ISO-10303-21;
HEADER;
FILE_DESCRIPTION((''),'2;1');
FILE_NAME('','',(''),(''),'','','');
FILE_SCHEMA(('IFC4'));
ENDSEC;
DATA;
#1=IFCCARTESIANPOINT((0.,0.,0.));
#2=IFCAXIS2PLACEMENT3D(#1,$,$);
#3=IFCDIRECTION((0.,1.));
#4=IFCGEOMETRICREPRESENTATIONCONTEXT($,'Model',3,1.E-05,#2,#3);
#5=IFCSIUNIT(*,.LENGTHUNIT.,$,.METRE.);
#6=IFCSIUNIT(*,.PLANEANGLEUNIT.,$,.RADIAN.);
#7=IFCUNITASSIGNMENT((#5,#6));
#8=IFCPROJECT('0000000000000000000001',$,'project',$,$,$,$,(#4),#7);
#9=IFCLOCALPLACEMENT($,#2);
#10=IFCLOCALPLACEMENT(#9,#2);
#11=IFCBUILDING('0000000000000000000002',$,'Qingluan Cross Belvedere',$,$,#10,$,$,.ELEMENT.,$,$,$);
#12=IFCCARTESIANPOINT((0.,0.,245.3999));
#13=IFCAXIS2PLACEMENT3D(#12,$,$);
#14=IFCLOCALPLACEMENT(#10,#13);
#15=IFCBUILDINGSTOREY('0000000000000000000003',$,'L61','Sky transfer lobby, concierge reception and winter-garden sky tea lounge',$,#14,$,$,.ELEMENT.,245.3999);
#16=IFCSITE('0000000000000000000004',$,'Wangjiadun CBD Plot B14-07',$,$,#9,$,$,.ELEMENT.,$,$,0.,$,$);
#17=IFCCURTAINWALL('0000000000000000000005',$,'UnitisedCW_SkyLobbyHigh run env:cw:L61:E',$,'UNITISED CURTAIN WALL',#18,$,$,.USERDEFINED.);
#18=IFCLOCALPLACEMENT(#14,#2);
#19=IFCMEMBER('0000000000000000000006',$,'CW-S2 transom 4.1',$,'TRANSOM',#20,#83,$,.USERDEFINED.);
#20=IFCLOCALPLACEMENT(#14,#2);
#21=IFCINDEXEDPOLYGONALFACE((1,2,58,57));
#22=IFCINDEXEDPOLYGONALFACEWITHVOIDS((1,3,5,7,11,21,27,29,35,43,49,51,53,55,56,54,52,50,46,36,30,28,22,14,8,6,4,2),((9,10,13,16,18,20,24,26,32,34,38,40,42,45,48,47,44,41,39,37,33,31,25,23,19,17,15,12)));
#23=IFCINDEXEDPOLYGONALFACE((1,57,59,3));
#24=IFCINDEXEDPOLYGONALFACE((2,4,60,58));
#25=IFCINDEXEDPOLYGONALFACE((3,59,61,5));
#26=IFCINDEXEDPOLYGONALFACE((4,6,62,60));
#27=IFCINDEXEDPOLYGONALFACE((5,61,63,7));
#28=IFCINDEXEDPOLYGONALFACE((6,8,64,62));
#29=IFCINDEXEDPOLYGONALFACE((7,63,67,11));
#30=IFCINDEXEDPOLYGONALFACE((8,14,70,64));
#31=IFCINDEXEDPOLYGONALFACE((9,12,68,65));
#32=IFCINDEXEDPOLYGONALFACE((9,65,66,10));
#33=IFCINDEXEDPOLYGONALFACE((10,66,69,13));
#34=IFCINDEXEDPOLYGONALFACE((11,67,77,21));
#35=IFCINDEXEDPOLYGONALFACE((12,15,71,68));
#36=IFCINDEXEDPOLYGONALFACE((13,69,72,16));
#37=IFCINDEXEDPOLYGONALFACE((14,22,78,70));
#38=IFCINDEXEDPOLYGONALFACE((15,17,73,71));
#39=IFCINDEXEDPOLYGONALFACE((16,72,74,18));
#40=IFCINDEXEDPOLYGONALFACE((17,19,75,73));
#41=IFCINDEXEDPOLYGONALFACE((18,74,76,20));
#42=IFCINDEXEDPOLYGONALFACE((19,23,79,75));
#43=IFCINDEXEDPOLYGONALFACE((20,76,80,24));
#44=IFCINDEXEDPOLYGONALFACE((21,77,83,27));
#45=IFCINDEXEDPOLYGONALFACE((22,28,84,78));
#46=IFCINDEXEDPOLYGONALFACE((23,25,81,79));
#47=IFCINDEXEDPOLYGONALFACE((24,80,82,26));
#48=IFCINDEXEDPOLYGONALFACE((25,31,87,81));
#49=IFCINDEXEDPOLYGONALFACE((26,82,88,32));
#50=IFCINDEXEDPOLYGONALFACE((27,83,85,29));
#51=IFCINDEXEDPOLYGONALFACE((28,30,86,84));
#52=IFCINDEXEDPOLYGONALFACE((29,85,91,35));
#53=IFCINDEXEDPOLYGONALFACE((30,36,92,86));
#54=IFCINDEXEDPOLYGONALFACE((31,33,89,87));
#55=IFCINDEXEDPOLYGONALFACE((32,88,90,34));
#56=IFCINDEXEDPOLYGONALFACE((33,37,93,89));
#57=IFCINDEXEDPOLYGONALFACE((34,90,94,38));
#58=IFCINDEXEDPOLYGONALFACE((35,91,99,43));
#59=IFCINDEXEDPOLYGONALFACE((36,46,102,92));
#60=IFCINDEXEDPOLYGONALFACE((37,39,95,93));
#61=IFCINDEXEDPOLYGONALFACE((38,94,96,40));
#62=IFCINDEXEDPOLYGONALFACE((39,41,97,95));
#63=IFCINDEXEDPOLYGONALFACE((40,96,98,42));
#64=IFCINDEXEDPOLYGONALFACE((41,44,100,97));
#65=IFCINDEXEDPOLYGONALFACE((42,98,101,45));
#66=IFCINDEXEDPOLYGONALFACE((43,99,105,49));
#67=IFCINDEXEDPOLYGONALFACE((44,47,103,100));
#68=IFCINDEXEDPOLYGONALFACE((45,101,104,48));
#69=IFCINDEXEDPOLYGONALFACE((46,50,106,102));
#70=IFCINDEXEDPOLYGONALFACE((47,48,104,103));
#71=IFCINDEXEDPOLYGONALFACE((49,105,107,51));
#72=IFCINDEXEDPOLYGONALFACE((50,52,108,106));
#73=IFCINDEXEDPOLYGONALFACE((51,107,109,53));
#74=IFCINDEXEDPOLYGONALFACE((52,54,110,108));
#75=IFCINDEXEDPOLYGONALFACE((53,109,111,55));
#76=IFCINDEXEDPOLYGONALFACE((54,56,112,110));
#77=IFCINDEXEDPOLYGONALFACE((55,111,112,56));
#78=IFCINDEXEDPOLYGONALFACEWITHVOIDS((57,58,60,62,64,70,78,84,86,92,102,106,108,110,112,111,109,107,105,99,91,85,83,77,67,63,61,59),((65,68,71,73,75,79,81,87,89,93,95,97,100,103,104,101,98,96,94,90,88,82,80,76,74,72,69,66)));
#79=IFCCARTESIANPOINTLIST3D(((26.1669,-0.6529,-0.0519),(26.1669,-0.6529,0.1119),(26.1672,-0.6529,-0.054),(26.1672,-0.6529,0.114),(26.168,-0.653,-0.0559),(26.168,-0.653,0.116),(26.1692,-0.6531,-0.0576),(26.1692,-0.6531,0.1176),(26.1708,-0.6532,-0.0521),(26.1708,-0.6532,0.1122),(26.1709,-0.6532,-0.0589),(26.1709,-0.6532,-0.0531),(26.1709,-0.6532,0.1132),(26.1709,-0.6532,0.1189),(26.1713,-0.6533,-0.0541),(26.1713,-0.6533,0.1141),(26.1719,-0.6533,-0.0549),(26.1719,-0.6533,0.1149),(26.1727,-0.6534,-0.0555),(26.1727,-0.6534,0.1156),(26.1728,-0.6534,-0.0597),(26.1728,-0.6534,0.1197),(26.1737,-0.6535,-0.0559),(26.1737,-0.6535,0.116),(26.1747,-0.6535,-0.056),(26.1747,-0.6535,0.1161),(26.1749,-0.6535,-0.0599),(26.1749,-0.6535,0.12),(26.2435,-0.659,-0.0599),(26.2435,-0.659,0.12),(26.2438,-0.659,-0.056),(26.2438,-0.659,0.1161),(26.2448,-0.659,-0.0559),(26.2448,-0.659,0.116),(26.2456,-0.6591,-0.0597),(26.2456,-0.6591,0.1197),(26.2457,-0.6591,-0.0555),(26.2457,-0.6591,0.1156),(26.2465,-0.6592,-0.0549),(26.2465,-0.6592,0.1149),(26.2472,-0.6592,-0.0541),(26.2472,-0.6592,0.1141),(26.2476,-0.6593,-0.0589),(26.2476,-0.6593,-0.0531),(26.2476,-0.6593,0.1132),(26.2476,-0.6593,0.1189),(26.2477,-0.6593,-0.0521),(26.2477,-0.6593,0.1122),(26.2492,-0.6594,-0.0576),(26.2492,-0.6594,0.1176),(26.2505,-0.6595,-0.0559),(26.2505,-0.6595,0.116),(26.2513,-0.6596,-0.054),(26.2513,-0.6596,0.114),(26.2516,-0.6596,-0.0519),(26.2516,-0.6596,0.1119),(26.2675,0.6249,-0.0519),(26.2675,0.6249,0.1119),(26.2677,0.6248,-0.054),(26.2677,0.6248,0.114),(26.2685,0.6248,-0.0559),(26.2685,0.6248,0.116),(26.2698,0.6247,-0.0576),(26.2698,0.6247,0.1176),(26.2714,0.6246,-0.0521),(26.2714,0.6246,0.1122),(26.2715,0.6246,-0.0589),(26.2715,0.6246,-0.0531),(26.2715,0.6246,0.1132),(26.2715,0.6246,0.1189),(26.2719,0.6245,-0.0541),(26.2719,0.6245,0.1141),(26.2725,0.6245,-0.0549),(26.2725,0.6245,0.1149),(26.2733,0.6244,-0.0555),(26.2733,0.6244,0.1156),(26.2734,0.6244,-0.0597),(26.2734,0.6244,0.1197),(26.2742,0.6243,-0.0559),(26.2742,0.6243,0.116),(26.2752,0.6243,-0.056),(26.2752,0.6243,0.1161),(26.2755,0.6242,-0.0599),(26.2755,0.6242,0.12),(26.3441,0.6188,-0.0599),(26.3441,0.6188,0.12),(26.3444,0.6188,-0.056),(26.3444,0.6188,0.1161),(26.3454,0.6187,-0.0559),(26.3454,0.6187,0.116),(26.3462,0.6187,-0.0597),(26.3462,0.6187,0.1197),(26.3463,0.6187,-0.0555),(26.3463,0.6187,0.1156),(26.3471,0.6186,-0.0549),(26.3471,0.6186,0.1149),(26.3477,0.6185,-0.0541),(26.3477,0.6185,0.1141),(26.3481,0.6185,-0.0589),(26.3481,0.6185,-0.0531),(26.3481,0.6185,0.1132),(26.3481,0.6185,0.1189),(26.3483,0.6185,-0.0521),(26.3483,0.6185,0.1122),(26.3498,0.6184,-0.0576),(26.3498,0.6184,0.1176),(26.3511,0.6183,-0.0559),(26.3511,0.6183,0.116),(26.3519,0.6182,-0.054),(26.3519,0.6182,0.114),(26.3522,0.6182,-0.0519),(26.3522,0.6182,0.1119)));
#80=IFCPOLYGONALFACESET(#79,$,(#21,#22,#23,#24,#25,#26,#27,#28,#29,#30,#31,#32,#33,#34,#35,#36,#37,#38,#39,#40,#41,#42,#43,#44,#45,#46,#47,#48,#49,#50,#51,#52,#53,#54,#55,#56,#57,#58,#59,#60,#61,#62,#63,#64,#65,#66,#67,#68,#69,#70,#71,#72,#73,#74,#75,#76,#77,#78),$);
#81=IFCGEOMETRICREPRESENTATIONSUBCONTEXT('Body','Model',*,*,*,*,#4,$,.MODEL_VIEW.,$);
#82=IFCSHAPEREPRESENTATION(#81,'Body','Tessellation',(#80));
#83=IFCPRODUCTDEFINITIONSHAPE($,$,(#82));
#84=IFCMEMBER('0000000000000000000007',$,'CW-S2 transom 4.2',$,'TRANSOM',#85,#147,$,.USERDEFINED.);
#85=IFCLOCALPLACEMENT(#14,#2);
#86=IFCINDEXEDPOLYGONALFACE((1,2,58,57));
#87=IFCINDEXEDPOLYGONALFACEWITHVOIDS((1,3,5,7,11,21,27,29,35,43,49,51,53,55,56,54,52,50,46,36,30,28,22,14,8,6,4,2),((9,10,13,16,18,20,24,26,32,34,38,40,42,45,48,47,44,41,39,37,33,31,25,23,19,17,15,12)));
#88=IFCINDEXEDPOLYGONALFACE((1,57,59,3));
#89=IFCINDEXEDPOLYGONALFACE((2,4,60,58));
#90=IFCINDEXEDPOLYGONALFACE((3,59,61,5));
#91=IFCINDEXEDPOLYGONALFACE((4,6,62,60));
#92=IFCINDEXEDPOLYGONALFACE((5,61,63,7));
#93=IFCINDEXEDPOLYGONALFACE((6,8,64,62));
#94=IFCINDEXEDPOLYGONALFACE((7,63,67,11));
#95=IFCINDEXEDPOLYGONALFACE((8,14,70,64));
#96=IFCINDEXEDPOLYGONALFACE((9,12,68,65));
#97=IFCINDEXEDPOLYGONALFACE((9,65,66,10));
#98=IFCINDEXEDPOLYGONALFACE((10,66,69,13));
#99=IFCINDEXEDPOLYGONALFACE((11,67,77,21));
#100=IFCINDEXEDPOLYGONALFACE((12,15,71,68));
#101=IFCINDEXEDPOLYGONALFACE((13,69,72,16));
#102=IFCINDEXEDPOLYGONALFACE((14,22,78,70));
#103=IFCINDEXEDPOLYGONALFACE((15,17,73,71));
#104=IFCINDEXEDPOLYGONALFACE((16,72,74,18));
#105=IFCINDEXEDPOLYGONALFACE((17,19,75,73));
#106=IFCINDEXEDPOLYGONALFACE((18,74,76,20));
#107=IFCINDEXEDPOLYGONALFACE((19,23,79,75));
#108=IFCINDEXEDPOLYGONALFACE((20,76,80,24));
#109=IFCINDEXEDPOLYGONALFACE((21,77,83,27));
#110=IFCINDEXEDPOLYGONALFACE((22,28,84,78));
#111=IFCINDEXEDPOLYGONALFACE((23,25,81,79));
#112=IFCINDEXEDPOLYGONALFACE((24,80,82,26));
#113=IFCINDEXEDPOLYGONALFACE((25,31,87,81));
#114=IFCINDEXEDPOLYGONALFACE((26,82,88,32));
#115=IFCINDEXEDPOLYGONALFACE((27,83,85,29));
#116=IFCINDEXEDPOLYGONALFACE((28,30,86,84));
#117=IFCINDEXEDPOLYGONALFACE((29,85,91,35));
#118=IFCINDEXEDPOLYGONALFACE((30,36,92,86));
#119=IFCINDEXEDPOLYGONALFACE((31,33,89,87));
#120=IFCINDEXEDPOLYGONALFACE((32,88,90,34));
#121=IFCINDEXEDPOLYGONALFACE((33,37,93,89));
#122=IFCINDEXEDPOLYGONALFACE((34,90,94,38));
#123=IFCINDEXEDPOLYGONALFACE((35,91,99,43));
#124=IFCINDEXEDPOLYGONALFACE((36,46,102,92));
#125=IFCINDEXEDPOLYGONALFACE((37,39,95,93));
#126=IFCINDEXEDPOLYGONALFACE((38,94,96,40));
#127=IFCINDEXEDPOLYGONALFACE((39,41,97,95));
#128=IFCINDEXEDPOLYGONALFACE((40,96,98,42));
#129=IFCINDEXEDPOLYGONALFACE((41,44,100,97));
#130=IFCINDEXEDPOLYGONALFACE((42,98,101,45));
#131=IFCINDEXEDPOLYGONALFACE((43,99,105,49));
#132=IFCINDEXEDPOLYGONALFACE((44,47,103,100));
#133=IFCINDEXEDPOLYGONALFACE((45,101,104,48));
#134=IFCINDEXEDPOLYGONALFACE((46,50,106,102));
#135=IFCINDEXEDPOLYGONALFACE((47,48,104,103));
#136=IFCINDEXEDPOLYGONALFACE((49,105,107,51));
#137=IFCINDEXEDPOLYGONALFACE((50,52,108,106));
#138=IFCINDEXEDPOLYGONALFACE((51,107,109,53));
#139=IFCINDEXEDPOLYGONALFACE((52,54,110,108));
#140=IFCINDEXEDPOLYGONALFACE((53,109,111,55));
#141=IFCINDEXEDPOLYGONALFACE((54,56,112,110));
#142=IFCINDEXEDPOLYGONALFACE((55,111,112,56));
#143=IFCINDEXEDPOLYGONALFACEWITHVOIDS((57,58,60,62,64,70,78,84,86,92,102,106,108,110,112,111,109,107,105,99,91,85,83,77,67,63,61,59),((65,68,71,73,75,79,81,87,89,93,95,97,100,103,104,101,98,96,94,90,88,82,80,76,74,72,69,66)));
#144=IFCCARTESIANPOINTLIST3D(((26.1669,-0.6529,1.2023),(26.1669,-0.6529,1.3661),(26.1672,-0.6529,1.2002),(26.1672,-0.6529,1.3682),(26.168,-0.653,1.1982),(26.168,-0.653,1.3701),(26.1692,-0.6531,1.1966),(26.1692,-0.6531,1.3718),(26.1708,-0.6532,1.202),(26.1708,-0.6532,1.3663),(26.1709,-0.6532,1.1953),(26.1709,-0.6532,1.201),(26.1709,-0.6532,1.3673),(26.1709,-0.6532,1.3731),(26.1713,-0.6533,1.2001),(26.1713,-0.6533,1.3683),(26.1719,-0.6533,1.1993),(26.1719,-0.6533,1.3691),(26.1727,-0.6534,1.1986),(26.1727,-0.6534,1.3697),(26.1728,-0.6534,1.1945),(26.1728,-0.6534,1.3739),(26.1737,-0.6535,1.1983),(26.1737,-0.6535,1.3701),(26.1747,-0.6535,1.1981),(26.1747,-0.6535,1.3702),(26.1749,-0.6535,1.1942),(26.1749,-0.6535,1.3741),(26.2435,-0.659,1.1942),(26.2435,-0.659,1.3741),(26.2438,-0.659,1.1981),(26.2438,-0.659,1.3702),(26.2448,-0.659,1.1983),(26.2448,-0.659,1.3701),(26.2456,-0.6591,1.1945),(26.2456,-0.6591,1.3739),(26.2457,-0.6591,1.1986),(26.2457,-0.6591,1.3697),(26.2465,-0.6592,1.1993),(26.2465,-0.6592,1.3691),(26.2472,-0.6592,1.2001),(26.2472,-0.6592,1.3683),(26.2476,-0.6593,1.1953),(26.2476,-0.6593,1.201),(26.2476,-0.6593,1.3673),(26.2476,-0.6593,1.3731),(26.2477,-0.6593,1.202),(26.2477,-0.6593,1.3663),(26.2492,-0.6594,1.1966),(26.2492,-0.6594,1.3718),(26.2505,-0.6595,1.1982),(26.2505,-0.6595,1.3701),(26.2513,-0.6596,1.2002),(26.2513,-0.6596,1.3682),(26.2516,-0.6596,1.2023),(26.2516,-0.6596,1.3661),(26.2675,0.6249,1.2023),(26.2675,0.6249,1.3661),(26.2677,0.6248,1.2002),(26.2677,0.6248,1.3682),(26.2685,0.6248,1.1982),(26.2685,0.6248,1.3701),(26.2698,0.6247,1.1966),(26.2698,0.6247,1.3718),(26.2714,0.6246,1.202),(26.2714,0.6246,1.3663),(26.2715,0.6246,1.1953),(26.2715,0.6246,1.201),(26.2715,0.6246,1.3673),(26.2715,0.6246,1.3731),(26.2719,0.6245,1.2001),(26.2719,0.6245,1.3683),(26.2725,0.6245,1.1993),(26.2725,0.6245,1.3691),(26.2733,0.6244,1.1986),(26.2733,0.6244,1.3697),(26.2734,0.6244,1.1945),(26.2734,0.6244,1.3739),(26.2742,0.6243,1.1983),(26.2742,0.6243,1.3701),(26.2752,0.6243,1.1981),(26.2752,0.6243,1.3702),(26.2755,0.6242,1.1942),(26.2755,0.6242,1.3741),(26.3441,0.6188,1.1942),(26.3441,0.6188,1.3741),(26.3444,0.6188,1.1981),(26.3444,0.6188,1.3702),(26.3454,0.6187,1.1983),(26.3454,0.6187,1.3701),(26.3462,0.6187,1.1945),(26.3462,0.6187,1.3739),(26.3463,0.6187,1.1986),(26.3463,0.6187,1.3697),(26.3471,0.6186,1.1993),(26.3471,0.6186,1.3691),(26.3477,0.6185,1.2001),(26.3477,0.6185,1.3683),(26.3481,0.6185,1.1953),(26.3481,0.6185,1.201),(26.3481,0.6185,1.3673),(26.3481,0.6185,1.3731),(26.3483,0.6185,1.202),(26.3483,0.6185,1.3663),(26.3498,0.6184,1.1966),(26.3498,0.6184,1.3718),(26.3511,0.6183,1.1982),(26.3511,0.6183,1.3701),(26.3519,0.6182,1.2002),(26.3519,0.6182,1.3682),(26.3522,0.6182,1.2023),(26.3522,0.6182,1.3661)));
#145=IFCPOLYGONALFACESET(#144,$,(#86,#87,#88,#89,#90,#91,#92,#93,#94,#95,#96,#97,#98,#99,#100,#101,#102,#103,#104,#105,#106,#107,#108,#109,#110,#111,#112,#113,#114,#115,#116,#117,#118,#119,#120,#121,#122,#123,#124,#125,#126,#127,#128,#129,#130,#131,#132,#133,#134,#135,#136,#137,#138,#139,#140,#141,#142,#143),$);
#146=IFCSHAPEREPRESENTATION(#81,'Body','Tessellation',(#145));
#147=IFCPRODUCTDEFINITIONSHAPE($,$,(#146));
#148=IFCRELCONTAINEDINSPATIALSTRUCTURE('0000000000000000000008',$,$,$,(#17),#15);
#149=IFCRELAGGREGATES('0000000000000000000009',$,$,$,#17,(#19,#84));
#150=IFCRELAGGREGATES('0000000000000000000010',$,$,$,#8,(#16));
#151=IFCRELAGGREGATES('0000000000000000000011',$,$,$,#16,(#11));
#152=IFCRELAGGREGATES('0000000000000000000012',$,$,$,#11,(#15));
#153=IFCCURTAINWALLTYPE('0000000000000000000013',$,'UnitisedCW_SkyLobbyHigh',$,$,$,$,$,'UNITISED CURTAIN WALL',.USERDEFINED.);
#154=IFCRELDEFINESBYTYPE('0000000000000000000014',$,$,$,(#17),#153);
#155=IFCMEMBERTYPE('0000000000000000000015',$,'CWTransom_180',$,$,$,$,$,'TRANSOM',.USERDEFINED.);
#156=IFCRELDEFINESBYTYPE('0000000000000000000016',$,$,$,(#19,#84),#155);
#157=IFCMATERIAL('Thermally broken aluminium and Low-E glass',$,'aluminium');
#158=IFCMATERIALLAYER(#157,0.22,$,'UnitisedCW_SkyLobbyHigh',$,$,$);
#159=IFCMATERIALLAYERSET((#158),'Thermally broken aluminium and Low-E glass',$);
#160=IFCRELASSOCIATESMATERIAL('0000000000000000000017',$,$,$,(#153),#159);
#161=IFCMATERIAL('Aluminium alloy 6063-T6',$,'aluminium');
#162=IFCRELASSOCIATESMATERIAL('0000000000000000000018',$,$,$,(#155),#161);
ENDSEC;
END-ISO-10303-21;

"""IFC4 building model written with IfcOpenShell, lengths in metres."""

from ifc_helpers import new_model, si_unit, direction, frame, origin, origin_2d, place, context, subcontext, project, spatial, hollow_rectangle, extrude, material, layer, layer_set, material_profile, profile_set, type_object, element, aggregate, save


model = new_model("IFC4")

# Units and contexts
model_context = context("Model", 3, precision=1e-05, world=origin(), true_north=direction((0.0, 1.0)))
body_context = subcontext(model_context, "Body", "Model", "MODEL_VIEW")
ifc_project = project(units=[si_unit("LENGTHUNIT", "METRE"), si_unit("PLANEANGLEUNIT", "RADIAN")], contexts=[model_context])

# Site, building, storey
site_placement = place(None, origin())
site = spatial("IfcSite", under=ifc_project, at=site_placement, Name="Wangjiadun CBD Plot B14-07", CompositionType="ELEMENT", RefElevation=0.0)
building_placement = place(site_placement, origin())
building = spatial("IfcBuilding", under=site, at=building_placement, Name="Qingluan Cross Belvedere", CompositionType="ELEMENT")
storey_placement = place(building_placement, frame((0.0, 0.0, 245.3999)))
storey = spatial("IfcBuildingStorey", under=building, at=storey_placement, Name="L61", Description="Sky transfer lobby, concierge reception and winter-garden sky tea lounge", CompositionType="ELEMENT", Elevation=245.3999)

# Curtain wall, members
ifc_material_1 = material(Name="Thermally broken aluminium and Low-E glass", Category="aluminium")
ifc_layer_1 = layer(ifc_material_1, 0.22, Name="UnitisedCW_SkyLobbyHigh")
ifc_layer_set_1 = layer_set([ifc_layer_1], Name="Thermally broken aluminium and Low-E glass")
curtain_wall_type = type_object("IfcCurtainWallType", Name="UnitisedCW_SkyLobbyHigh", ElementType="UNITISED CURTAIN WALL", PredefinedType="USERDEFINED", material=ifc_layer_set_1)
curtain_wall_placement = place(storey_placement, origin())
curtain_wall = element("IfcCurtainWall", 1, at=curtain_wall_placement, inside=storey, type_object=curtain_wall_type, Name="UnitisedCW_SkyLobbyHigh run env:cw:L61:E", ObjectType="UNITISED CURTAIN WALL", PredefinedType="USERDEFINED")
ifc_material_2 = material(Name="Aluminium alloy 6063-T6", Category="aluminium")
ifc_material_profile_1 = material_profile(ifc_material_2, hollow_rectangle(XDim=0.085, YDim=0.1799, WallThickness=0.0039, InnerFilletRadius=0.0039, OuterFilletRadius=0.0081, at=origin_2d()), Name="CWT180x85x4")
ifc_profile_set_1 = profile_set([ifc_material_profile_1], Name="Aluminium alloy 6063-T6")
member_type_1 = type_object("IfcMemberType", Name="CWTransom_180", ElementType="TRANSOM", PredefinedType="USERDEFINED", material=ifc_profile_set_1)
member_1_placement = place(storey_placement, frame((26.2092, -0.6562, 0.03), z_axis=(0.078473, 0.996916, 0.0), x_axis=(-0.996916, 0.078473, 0.0)))
member_1 = element("IfcMember", 2, at=member_1_placement, type_object=member_type_1, Name="CW-S2 transom 4.1", ObjectType="TRANSOM", PredefinedType="USERDEFINED", context=body_context, shape_type="SweptSolid", body=[
    extrude(hollow_rectangle(XDim=0.085, YDim=0.1799, WallThickness=0.0039, InnerFilletRadius=0.0039, OuterFilletRadius=0.0081, at=origin_2d()), origin(), (0.0, 0.0, 1.0), 1.2817),
])
member_2_placement = place(storey_placement, frame((26.2092, -0.6562, 1.2842), z_axis=(0.078473, 0.996916, 0.0), x_axis=(-0.996916, 0.078473, 0.0)))
member_2 = element("IfcMember", 3, at=member_2_placement, type_object=member_type_1, Name="CW-S2 transom 4.2", ObjectType="TRANSOM", PredefinedType="USERDEFINED", context=body_context, shape_type="SweptSolid", body=[
    extrude(hollow_rectangle(XDim=0.085, YDim=0.1799, WallThickness=0.0039, InnerFilletRadius=0.0039, OuterFilletRadius=0.0081, at=origin_2d()), origin(), (0.0, 0.0, 1.0), 1.2817),
])
aggregate(curtain_wall, [member_1, member_2])

save(model, "model.ifc")
